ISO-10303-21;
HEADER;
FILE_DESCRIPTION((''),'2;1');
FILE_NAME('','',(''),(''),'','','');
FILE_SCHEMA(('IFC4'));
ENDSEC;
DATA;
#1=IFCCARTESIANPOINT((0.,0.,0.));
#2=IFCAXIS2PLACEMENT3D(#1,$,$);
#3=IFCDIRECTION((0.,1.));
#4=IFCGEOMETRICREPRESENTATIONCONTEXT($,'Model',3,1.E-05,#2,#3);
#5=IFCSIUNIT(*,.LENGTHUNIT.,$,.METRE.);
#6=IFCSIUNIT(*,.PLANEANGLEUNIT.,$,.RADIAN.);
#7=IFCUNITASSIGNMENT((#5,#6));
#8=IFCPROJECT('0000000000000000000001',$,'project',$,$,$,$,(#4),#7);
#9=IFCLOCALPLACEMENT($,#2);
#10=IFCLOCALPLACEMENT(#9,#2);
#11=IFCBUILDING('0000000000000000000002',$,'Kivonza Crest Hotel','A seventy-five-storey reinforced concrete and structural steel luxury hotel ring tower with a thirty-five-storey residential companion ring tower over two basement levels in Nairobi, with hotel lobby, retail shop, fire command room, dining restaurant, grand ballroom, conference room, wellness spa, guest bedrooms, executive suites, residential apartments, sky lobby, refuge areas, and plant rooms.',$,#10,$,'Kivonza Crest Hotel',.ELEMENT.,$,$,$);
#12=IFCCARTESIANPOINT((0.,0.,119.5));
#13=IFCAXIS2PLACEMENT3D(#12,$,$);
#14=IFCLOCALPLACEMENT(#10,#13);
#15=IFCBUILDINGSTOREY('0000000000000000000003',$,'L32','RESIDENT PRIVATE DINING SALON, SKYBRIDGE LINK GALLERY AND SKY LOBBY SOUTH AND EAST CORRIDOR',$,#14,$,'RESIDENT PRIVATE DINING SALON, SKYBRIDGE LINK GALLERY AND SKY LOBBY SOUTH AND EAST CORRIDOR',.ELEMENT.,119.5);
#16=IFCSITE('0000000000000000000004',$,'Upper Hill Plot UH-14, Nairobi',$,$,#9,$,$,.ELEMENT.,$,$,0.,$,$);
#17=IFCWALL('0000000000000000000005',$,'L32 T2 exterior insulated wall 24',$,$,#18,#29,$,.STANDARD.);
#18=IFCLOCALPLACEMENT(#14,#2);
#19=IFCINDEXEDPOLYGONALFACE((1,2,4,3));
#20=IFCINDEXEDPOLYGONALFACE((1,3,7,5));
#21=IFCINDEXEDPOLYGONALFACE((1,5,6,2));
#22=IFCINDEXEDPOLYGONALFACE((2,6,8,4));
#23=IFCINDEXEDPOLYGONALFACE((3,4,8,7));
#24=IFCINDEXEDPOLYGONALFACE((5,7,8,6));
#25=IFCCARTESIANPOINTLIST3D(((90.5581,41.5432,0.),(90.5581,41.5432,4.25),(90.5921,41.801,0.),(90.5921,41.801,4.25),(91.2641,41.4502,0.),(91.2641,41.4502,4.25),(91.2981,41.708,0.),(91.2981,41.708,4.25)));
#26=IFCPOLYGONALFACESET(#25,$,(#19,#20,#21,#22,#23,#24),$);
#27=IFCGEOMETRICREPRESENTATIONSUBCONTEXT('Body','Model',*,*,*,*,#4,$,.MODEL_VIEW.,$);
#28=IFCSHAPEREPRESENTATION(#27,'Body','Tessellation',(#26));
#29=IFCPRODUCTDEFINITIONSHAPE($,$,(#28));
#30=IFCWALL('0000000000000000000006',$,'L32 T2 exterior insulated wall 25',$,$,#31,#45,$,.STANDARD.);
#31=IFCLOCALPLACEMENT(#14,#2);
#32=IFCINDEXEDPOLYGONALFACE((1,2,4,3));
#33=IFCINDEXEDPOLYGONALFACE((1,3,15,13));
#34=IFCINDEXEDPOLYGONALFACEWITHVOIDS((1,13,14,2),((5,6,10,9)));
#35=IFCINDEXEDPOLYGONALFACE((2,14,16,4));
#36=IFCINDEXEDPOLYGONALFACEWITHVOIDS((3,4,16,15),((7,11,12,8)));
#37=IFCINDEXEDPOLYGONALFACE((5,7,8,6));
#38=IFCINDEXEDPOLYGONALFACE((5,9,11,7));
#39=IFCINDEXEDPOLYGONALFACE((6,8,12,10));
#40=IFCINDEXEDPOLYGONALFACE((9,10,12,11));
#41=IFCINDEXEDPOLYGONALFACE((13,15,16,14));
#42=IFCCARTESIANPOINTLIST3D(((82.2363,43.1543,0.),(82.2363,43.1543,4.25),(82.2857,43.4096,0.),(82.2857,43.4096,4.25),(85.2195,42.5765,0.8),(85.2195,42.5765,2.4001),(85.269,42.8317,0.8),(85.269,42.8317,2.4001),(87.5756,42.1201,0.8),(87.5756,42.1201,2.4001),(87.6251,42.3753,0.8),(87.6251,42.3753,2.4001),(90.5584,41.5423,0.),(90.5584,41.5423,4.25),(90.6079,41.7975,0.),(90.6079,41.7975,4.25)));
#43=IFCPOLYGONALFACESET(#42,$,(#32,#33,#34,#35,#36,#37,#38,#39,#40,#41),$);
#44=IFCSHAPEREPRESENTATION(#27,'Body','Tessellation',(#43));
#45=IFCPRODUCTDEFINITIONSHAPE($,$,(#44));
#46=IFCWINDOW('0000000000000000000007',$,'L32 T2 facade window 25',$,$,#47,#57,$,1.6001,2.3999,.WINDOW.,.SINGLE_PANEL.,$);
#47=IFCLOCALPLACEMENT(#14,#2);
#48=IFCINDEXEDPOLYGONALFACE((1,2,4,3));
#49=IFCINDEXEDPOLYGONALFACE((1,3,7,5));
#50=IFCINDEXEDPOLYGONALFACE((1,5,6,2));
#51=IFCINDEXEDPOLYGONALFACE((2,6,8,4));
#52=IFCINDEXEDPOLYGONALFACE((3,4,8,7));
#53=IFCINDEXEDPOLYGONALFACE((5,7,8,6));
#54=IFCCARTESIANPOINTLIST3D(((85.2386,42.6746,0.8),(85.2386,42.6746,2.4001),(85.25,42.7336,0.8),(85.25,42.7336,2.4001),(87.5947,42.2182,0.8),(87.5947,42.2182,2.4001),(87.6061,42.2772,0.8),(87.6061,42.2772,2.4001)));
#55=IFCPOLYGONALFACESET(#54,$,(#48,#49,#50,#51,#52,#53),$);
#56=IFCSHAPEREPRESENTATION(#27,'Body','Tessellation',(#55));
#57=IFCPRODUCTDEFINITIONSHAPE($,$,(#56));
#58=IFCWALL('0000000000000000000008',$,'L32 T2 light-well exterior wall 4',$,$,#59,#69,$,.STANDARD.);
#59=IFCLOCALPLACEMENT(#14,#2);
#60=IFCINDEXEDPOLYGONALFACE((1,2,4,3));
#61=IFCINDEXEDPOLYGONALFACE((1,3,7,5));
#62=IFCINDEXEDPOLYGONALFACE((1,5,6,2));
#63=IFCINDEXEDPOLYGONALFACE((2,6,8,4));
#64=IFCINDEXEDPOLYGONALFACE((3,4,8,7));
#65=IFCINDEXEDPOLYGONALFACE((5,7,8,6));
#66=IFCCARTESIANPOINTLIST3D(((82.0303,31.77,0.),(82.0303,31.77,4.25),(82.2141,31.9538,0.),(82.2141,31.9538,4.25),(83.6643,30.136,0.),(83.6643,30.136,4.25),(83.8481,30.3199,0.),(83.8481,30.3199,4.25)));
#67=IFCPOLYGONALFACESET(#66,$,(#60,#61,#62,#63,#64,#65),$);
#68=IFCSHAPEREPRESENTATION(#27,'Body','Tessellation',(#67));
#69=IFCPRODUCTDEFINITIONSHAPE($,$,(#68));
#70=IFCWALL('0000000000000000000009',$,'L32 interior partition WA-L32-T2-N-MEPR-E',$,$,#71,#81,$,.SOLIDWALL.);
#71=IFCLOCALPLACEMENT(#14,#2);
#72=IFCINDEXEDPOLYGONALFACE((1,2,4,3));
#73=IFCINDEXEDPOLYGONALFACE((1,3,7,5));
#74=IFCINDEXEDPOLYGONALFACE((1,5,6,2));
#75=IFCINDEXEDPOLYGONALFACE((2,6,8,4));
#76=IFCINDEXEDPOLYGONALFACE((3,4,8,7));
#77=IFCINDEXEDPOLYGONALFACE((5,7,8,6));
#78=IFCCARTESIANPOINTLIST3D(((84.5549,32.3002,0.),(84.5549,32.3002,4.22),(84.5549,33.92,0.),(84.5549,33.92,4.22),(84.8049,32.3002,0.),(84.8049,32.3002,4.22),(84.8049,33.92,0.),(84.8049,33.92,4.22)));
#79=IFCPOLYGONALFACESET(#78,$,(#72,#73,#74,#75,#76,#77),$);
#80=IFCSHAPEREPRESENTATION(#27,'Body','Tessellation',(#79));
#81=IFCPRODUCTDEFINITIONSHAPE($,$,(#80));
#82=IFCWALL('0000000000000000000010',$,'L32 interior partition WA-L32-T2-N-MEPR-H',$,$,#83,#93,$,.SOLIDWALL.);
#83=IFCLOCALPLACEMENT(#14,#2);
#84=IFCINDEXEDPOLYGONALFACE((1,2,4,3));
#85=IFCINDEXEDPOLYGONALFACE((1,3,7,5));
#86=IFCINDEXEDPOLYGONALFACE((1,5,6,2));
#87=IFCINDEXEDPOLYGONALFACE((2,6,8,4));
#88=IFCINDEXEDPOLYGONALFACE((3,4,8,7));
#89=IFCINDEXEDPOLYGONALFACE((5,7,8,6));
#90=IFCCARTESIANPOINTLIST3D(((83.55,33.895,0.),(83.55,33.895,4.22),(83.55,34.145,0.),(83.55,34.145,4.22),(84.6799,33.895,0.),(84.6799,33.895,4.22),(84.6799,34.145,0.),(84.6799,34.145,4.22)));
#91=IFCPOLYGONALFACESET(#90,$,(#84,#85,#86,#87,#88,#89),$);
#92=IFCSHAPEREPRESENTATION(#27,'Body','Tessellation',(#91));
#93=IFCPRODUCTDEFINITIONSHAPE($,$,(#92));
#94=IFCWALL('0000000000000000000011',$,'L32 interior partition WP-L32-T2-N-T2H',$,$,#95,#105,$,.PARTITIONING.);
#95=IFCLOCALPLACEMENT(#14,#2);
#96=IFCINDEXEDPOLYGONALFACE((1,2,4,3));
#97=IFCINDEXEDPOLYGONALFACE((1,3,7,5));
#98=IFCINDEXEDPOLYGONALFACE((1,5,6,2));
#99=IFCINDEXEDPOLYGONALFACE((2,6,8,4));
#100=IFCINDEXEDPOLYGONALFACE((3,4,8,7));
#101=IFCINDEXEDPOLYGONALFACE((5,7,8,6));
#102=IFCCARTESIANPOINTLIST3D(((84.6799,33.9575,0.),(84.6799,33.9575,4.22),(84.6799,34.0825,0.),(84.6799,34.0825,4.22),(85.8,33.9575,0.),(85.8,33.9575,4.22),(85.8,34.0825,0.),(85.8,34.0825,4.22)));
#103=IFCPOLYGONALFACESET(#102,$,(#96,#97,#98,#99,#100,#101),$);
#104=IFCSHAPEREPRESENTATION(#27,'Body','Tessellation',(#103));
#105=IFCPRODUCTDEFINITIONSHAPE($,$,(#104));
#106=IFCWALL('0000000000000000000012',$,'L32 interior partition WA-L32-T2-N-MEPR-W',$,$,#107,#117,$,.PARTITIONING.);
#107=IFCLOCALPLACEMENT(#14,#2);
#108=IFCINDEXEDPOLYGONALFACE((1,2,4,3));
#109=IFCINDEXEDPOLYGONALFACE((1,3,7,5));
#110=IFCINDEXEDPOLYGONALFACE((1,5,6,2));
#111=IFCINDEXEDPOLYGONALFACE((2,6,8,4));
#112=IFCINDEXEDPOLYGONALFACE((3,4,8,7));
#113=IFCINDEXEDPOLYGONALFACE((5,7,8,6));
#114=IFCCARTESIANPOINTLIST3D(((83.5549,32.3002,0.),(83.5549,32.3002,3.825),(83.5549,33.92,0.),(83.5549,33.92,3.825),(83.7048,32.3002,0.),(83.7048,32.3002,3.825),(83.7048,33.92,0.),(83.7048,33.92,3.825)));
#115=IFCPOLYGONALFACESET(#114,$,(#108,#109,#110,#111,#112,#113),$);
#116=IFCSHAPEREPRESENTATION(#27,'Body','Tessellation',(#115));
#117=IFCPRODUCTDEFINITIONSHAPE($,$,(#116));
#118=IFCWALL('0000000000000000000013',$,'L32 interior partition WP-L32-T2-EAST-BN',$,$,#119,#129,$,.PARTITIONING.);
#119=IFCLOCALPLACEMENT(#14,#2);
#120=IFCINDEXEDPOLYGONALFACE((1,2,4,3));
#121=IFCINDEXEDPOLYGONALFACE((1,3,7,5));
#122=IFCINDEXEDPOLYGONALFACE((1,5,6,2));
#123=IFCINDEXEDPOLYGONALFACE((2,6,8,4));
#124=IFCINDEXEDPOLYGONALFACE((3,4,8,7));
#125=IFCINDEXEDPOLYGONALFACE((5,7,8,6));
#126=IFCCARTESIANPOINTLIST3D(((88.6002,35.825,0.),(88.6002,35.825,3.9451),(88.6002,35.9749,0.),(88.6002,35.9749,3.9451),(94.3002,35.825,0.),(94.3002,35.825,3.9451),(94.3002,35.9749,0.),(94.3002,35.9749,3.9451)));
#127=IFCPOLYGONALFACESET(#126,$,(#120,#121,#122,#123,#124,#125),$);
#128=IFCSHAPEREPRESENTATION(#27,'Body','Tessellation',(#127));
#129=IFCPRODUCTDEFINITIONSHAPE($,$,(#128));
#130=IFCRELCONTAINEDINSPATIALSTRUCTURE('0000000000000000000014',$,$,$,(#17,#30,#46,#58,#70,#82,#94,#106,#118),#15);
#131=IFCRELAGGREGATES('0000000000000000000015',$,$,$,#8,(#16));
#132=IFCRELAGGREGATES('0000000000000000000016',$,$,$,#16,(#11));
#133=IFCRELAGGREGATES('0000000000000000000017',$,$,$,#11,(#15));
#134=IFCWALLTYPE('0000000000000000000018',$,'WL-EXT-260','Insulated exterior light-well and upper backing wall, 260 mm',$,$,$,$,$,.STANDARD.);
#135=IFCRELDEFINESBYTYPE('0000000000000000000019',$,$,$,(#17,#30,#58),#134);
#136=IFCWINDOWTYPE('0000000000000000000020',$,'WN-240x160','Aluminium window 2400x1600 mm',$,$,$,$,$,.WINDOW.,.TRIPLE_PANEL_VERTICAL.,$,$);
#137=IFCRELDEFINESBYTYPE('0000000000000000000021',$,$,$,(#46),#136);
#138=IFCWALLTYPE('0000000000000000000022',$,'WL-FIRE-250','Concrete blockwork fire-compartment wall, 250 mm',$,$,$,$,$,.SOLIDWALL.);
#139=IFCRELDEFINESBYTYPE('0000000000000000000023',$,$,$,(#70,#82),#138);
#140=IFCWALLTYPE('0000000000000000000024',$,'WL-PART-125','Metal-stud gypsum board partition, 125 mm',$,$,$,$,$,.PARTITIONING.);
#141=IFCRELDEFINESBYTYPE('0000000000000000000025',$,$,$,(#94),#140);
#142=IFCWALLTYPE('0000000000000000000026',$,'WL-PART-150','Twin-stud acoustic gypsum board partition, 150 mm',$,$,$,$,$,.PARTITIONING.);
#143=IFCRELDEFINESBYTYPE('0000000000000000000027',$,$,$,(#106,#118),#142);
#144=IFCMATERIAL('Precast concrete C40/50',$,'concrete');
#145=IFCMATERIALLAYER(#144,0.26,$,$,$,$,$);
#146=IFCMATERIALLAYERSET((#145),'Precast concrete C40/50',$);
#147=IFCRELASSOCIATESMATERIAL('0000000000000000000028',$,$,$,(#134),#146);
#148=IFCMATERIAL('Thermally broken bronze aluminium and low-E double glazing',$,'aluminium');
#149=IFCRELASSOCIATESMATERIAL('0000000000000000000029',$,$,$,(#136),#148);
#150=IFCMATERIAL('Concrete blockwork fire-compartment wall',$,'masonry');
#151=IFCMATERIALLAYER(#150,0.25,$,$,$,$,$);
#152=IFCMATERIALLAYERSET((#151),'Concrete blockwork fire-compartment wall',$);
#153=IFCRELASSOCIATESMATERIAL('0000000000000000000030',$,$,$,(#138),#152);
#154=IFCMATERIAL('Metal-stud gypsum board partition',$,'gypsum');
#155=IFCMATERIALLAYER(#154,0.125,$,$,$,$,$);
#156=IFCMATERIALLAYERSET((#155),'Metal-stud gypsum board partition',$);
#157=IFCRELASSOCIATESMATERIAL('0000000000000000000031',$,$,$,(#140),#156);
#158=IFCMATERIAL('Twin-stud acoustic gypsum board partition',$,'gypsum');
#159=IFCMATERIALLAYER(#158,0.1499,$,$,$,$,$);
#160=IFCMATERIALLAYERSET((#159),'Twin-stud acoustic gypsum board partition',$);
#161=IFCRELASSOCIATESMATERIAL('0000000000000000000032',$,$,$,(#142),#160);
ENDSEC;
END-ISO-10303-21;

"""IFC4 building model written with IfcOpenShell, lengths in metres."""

from ifc_helpers import new_model, si_unit, direction, frame, frame_2d, origin, place, context, subcontext, project, spatial, rectangle, extrude, material, layer, layer_set, type_object, element, fill, save


model = new_model("IFC4")

# Units and contexts
model_context = context("Model", 3, precision=1e-05, world=origin(), true_north=direction((0.0, 1.0)))
body_context = subcontext(model_context, "Body", "Model", "MODEL_VIEW")
ifc_project = project(units=[si_unit("LENGTHUNIT", "METRE"), si_unit("PLANEANGLEUNIT", "RADIAN")], contexts=[model_context])

# Site, building, storey
site_placement = place(None, origin())
site = spatial("IfcSite", under=ifc_project, at=site_placement, Name="Upper Hill Plot UH-14, Nairobi", CompositionType="ELEMENT", RefElevation=0.0)
building_placement = place(site_placement, origin())
building = spatial("IfcBuilding", under=site, at=building_placement, Name="Kivonza Crest Hotel", Description="A seventy-five-storey reinforced concrete and structural steel luxury hotel ring tower with a thirty-five-storey residential companion ring tower over two basement levels in Nairobi, with hotel lobby, retail shop, fire command room, dining restaurant, grand ballroom, conference room, wellness spa, guest bedrooms, executive suites, residential apartments, sky lobby, refuge areas, and plant rooms.", LongName="Kivonza Crest Hotel", CompositionType="ELEMENT")
storey_placement = place(building_placement, frame((0.0, 0.0, 119.5)))
storey = spatial("IfcBuildingStorey", under=building, at=storey_placement, Name="L32", Description="RESIDENT PRIVATE DINING SALON, SKYBRIDGE LINK GALLERY AND SKY LOBBY SOUTH AND EAST CORRIDOR", LongName="RESIDENT PRIVATE DINING SALON, SKYBRIDGE LINK GALLERY AND SKY LOBBY SOUTH AND EAST CORRIDOR", CompositionType="ELEMENT", Elevation=119.5)

# Shared definitions
ifc_material_1 = material(Name="Precast concrete C40/50", Category="concrete")
ifc_layer_1 = layer(ifc_material_1, 0.26)
ifc_layer_set_1 = layer_set([ifc_layer_1], Name="Precast concrete C40/50")
wall_type_1 = type_object("IfcWallType", Name="WL-EXT-260", Description="Insulated exterior light-well and upper backing wall, 260 mm", PredefinedType="STANDARD", material=ifc_layer_set_1)
ifc_material_2 = material(Name="Thermally broken bronze aluminium and low-E double glazing", Category="aluminium")
window_type_1 = type_object("IfcWindowType", Name="WN-240x160", Description="Aluminium window 2400x1600 mm", PartitioningType="TRIPLE_PANEL_VERTICAL", PredefinedType="WINDOW", material=ifc_material_2)

# Wall
wall_1_placement = place(storey_placement, frame((91.281, 41.5791, 0.0), z_axis=(0.0, 0.0, 1.0), x_axis=(-0.991433, 0.130614, 0.0)))
element("IfcWall", 1, at=wall_1_placement, inside=storey, type_object=wall_type_1, Name="L32 T2 exterior insulated wall 24", PredefinedType="STANDARD", context=body_context, shape_type="SweptSolid", body=[
    extrude(rectangle(XDim=0.7122, YDim=0.26, at=frame_2d((0.356, 0.0))), origin(), (0.0, 0.0, 1.0), 4.25),
])

# Wall, opening, window
wall_2_placement = place(storey_placement, frame((90.583, 41.6699, 0.0), z_axis=(0.0, 0.0, 1.0), x_axis=(-0.98175, 0.190175, 0.0)))
wall_2 = element("IfcWall", 2, at=wall_2_placement, inside=storey, type_object=wall_type_1, Name="L32 T2 exterior insulated wall 25", PredefinedType="STANDARD", context=body_context, shape_type="SweptSolid", body=[
    extrude(rectangle(XDim=8.4768, YDim=0.26, at=frame_2d((4.2383, 0.0))), origin(), (0.0, 0.0, 1.0), 4.25),
])
opening_1_placement = place(wall_2_placement, frame((3.0381, 0.0, 0.8)))
opening_1 = element("IfcOpeningElement", 3, at=opening_1_placement, cuts=wall_2, PredefinedType="OPENING", context=body_context, shape_type="SweptSolid", body=[
    extrude(rectangle(XDim=2.3999, YDim=1.6001, at=frame_2d((1.2, 0.8))), frame((0.0, 0.1401, 0.0), z_axis=(0.0, -1.0, 0.0), x_axis=(1.0, 0.0, 0.0)), (0.0, 0.0, 1.0), 0.28),
])
window_1_placement = place(opening_1_placement, origin())
window_1 = element("IfcWindow", 4, at=window_1_placement, inside=storey, type_object=window_type_1, Name="L32 T2 facade window 25", OverallHeight=1.6001, OverallWidth=2.3999, PartitioningType="SINGLE_PANEL", PredefinedType="WINDOW", context=body_context, shape_type="SweptSolid", body=[
    extrude(rectangle(XDim=2.3999, YDim=1.6001, at=frame_2d((1.2, 0.8))), frame((0.0, 0.03, 0.0), z_axis=(0.0, -1.0, 0.0), x_axis=(1.0, 0.0, 0.0)), (0.0, 0.0, 1.0), 0.0601),
])
fill(opening_1, window_1)

# Walls
wall_3_placement = place(storey_placement, frame((83.7561, 30.228, 0.0), z_axis=(0.0, 0.0, 1.0), x_axis=(-0.707107, 0.707107, 0.0)))
element("IfcWall", 5, at=wall_3_placement, inside=storey, type_object=wall_type_1, Name="L32 T2 light-well exterior wall 4", PredefinedType="STANDARD", context=body_context, shape_type="SweptSolid", body=[
    extrude(rectangle(XDim=2.3108, YDim=0.26, at=frame_2d((1.1553, 0.0))), origin(), (0.0, 0.0, 1.0), 4.25),
])
ifc_material_3 = material(Name="Concrete blockwork fire-compartment wall", Category="masonry")
ifc_layer_2 = layer(ifc_material_3, 0.25)
ifc_layer_set_2 = layer_set([ifc_layer_2], Name="Concrete blockwork fire-compartment wall")
wall_type_2 = type_object("IfcWallType", Name="WL-FIRE-250", Description="Concrete blockwork fire-compartment wall, 250 mm", PredefinedType="SOLIDWALL", material=ifc_layer_set_2)
wall_4_placement = place(storey_placement, frame((84.6799, 32.3, 0.0), z_axis=(0.0, 0.0, 1.0), x_axis=(0.0, 1.0, 0.0)))
element("IfcWall", 6, at=wall_4_placement, inside=storey, type_object=wall_type_2, Name="L32 interior partition WA-L32-T2-N-MEPR-E", PredefinedType="SOLIDWALL", context=body_context, shape_type="SweptSolid", body=[
    extrude(rectangle(XDim=1.6199, YDim=0.25, at=frame_2d((0.8101, 0.0))), origin(), (0.0, 0.0, 1.0), 4.22),
])
wall_5_placement = place(storey_placement, frame((83.55, 34.02, 0.0), z_axis=(0.0, 0.0, 1.0), x_axis=(1.0, 0.0, 0.0)))
element("IfcWall", 7, at=wall_5_placement, inside=storey, type_object=wall_type_2, Name="L32 interior partition WA-L32-T2-N-MEPR-H", PredefinedType="SOLIDWALL", context=body_context, shape_type="SweptSolid", body=[
    extrude(rectangle(XDim=1.1299, YDim=0.25, at=frame_2d((0.5649, 0.0))), origin(), (0.0, 0.0, 1.0), 4.22),
])
ifc_material_4 = material(Name="Metal-stud gypsum board partition", Category="gypsum")
ifc_layer_3 = layer(ifc_material_4, 0.125)
ifc_layer_set_3 = layer_set([ifc_layer_3], Name="Metal-stud gypsum board partition")
wall_type_3 = type_object("IfcWallType", Name="WL-PART-125", Description="Metal-stud gypsum board partition, 125 mm", PredefinedType="PARTITIONING", material=ifc_layer_set_3)
wall_6_placement = place(storey_placement, frame((84.6799, 34.02, 0.0), z_axis=(0.0, 0.0, 1.0), x_axis=(1.0, 0.0, 0.0)))
element("IfcWall", 8, at=wall_6_placement, inside=storey, type_object=wall_type_3, Name="L32 interior partition WP-L32-T2-N-T2H", PredefinedType="PARTITIONING", context=body_context, shape_type="SweptSolid", body=[
    extrude(rectangle(XDim=1.1201, YDim=0.125, at=frame_2d((0.5601, 0.0))), origin(), (0.0, 0.0, 1.0), 4.22),
])
ifc_material_5 = material(Name="Twin-stud acoustic gypsum board partition", Category="gypsum")
ifc_layer_4 = layer(ifc_material_5, 0.1499)
ifc_layer_set_4 = layer_set([ifc_layer_4], Name="Twin-stud acoustic gypsum board partition")
wall_type_4 = type_object("IfcWallType", Name="WL-PART-150", Description="Twin-stud acoustic gypsum board partition, 150 mm", PredefinedType="PARTITIONING", material=ifc_layer_set_4)
wall_7_placement = place(storey_placement, frame((83.6299, 32.3, 0.0), z_axis=(0.0, 0.0, 1.0), x_axis=(0.0, 1.0, 0.0)))
element("IfcWall", 9, at=wall_7_placement, inside=storey, type_object=wall_type_4, Name="L32 interior partition WA-L32-T2-N-MEPR-W", PredefinedType="PARTITIONING", context=body_context, shape_type="SweptSolid", body=[
    extrude(rectangle(XDim=1.6199, YDim=0.1499, at=frame_2d((0.8101, 0.0))), origin(), (0.0, 0.0, 1.0), 3.825),
])
wall_8_placement = place(storey_placement, frame((88.6001, 35.8999, 0.0), z_axis=(0.0, 0.0, 1.0), x_axis=(1.0, 0.0, 0.0)))
element("IfcWall", 10, at=wall_8_placement, inside=storey, type_object=wall_type_4, Name="L32 interior partition WP-L32-T2-EAST-BN", PredefinedType="PARTITIONING", context=body_context, shape_type="SweptSolid", body=[
    extrude(rectangle(XDim=5.7, YDim=0.1499, at=frame_2d((2.8501, 0.0))), origin(), (0.0, 0.0, 1.0), 3.9451),
])

save(model, "model.ifc")
